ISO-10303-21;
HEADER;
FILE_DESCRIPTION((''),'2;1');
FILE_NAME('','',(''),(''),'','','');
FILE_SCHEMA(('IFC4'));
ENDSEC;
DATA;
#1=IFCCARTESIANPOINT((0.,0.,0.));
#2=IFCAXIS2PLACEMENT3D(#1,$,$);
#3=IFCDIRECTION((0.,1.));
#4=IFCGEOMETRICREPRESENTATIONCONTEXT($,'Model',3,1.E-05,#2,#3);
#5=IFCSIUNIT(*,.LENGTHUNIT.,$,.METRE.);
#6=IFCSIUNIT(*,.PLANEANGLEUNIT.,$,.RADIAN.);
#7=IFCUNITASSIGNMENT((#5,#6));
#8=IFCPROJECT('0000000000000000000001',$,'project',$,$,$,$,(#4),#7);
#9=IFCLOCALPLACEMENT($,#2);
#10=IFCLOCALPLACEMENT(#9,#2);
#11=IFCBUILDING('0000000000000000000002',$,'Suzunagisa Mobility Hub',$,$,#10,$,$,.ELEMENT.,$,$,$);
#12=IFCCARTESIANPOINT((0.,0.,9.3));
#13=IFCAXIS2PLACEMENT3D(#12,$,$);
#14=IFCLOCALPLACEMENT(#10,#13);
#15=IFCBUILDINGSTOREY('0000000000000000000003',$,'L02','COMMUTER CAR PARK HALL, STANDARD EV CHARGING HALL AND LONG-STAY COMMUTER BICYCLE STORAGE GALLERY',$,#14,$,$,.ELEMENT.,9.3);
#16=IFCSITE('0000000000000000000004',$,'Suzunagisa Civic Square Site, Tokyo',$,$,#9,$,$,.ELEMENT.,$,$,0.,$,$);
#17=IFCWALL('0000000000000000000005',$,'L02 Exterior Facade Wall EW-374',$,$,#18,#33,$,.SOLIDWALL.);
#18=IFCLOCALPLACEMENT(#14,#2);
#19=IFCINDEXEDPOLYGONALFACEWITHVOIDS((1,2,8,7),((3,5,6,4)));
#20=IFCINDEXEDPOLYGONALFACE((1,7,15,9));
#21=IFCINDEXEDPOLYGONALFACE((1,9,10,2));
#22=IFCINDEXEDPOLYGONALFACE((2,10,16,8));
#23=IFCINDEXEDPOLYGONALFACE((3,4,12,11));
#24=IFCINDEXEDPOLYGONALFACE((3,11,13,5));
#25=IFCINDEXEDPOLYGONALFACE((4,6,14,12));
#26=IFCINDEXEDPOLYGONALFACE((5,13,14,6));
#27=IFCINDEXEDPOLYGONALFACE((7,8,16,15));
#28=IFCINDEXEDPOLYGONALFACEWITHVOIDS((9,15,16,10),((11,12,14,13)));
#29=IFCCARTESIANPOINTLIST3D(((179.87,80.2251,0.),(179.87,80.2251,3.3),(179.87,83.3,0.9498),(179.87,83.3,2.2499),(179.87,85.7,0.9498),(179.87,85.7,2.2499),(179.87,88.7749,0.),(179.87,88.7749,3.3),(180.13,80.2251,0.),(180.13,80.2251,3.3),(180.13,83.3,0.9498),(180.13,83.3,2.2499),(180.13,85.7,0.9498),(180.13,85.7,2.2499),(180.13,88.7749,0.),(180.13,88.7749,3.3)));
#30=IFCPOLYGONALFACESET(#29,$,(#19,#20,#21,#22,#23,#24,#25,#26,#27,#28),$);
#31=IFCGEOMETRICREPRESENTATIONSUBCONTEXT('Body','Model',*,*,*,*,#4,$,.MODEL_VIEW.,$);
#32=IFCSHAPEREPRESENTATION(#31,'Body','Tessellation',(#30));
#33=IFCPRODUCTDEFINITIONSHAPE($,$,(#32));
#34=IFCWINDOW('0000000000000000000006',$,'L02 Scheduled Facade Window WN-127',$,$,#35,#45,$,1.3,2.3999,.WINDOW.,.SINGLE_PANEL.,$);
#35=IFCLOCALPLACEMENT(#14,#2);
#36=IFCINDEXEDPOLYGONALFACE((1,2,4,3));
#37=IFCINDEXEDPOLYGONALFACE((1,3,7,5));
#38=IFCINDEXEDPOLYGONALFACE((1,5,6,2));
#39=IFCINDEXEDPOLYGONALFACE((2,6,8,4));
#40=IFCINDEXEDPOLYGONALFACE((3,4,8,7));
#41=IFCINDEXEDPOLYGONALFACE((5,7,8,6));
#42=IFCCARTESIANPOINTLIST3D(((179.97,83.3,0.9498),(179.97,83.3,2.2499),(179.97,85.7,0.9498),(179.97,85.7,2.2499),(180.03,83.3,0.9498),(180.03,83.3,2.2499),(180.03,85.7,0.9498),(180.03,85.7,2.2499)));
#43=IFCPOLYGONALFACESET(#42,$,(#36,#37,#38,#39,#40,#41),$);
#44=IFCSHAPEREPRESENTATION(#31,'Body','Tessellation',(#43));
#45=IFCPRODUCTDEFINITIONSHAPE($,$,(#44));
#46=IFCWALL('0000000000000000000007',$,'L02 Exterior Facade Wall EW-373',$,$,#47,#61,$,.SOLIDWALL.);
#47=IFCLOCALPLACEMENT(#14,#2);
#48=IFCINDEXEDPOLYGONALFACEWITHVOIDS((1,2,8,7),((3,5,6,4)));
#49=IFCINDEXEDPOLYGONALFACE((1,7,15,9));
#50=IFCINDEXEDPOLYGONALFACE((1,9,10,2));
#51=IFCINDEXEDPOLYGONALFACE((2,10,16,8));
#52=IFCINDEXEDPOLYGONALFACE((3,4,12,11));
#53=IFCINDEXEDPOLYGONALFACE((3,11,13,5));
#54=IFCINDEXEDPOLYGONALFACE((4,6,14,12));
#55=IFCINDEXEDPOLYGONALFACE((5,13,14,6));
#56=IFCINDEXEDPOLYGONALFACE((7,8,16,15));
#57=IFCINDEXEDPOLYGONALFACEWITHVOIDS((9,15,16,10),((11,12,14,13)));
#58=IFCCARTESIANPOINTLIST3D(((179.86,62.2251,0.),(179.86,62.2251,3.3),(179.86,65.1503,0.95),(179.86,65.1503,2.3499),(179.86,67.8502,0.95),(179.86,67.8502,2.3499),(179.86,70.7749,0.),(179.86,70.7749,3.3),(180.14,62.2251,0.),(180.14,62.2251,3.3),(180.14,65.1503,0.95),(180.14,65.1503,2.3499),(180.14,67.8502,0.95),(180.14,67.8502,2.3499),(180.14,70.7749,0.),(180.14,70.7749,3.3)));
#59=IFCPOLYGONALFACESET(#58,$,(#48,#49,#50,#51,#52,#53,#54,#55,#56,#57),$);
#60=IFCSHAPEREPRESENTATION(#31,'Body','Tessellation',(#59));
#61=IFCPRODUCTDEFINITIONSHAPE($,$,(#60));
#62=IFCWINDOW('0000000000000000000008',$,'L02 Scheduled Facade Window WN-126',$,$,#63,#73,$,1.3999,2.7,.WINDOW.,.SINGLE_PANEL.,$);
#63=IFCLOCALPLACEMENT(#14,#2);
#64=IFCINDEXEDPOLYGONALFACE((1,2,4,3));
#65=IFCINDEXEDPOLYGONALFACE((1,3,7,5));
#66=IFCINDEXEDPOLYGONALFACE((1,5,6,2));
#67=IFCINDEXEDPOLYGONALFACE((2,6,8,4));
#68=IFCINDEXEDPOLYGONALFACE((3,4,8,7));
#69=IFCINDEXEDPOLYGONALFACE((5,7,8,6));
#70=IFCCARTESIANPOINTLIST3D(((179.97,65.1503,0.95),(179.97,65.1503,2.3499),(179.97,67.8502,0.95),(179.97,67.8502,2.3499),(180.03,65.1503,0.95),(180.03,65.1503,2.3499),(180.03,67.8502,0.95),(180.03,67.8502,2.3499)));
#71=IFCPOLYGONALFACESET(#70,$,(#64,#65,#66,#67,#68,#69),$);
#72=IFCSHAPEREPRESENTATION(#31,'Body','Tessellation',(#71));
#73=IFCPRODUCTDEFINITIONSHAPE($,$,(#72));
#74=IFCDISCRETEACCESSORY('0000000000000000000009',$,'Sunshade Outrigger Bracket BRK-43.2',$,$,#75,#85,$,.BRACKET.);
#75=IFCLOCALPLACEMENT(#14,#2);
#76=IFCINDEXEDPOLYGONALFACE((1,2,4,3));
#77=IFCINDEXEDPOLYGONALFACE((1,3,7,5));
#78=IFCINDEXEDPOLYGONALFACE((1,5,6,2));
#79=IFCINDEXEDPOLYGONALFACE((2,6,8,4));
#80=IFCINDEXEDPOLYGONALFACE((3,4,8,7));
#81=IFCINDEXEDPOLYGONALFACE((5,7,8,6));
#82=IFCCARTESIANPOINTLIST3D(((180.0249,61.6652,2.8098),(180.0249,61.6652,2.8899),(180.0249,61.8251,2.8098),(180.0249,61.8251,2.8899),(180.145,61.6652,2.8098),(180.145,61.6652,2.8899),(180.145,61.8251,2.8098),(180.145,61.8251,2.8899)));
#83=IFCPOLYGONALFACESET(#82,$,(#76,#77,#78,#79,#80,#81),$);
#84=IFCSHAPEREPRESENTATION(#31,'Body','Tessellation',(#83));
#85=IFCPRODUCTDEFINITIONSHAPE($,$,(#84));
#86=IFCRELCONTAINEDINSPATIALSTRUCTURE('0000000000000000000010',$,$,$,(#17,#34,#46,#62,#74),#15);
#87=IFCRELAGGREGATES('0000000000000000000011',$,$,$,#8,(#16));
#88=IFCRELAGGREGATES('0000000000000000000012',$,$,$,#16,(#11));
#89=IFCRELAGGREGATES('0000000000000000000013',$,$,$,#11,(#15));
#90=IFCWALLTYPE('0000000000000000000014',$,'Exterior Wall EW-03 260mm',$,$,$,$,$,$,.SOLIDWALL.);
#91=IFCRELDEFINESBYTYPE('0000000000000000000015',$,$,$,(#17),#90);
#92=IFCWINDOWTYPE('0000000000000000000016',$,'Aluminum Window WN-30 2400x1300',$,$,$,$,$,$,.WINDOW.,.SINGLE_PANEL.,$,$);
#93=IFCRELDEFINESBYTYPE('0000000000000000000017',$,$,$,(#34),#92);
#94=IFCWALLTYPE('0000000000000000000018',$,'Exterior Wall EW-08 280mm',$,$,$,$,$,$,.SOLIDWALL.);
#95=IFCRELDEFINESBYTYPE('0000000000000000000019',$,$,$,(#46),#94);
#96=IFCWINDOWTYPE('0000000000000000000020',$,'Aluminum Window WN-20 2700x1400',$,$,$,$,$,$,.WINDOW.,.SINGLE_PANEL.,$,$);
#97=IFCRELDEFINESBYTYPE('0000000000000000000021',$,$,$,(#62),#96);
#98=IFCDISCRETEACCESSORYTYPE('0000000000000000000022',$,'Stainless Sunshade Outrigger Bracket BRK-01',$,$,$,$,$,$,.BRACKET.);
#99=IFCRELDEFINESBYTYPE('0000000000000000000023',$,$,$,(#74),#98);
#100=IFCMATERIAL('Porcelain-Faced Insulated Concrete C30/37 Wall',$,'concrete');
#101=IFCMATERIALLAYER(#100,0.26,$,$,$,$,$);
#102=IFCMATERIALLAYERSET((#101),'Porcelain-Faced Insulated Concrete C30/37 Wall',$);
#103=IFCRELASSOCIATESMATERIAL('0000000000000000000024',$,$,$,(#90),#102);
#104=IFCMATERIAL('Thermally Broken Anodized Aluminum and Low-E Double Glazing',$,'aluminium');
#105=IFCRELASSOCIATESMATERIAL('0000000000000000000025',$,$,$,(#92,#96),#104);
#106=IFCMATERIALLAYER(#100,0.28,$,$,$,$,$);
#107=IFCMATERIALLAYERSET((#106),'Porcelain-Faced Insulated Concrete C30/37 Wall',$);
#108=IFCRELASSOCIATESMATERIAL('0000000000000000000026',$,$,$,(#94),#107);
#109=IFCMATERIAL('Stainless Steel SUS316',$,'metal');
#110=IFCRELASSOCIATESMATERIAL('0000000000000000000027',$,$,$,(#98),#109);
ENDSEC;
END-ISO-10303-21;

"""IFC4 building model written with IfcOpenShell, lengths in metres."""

from ifc_helpers import new_model, si_unit, direction, frame, frame_2d, origin, origin_2d, place, context, subcontext, project, spatial, rectangle, extrude, material, layer, layer_set, type_object, element, fill, save


model = new_model("IFC4")

# Units and contexts
model_context = context("Model", 3, precision=1e-05, world=origin(), true_north=direction((0.0, 1.0)))
body_context = subcontext(model_context, "Body", "Model", "MODEL_VIEW")
ifc_project = project(units=[si_unit("LENGTHUNIT", "METRE"), si_unit("PLANEANGLEUNIT", "RADIAN")], contexts=[model_context])

# Site, building, storey
site_placement = place(None, origin())
site = spatial("IfcSite", under=ifc_project, at=site_placement, Name="Suzunagisa Civic Square Site, Tokyo", CompositionType="ELEMENT", RefElevation=0.0)
building_placement = place(site_placement, origin())
building = spatial("IfcBuilding", under=site, at=building_placement, Name="Suzunagisa Mobility Hub", CompositionType="ELEMENT")
storey_placement = place(building_placement, frame((0.0, 0.0, 9.3)))
storey = spatial("IfcBuildingStorey", under=building, at=storey_placement, Name="L02", Description="COMMUTER CAR PARK HALL, STANDARD EV CHARGING HALL AND LONG-STAY COMMUTER BICYCLE STORAGE GALLERY", CompositionType="ELEMENT", Elevation=9.3)

# Walls, openings, windows
ifc_material_1 = material(Name="Porcelain-Faced Insulated Concrete C30/37 Wall", Category="concrete")
ifc_layer_1 = layer(ifc_material_1, 0.26)
ifc_layer_set_1 = layer_set([ifc_layer_1], Name="Porcelain-Faced Insulated Concrete C30/37 Wall")
wall_type_1 = type_object("IfcWallType", Name="Exterior Wall EW-03 260mm", PredefinedType="SOLIDWALL", material=ifc_layer_set_1)
wall_1_placement = place(storey_placement, frame((180.0, 80.2251, 0.0), z_axis=(0.0, 0.0, 1.0), x_axis=(0.0, 1.0, 0.0)))
wall_1 = element("IfcWall", 1, at=wall_1_placement, inside=storey, type_object=wall_type_1, Name="L02 Exterior Facade Wall EW-374", PredefinedType="SOLIDWALL", context=body_context, shape_type="SweptSolid", body=[
    extrude(rectangle(XDim=8.5498, YDim=0.26, at=frame_2d((4.2749, 0.0))), origin(), (0.0, 0.0, 1.0), 3.3),
])
opening_1_placement = place(wall_1_placement, frame((3.075, 0.0, 0.95)))
opening_1 = element("IfcOpeningElement", 2, at=opening_1_placement, cuts=wall_1, PredefinedType="OPENING", context=body_context, shape_type="SweptSolid", body=[
    extrude(rectangle(XDim=2.3999, YDim=1.3, at=frame_2d((1.2, 0.6499))), frame((0.0, 0.1411, 0.0), z_axis=(0.0, -1.0, 0.0), x_axis=(1.0, 0.0, 0.0)), (0.0, 0.0, 1.0), 0.282),
])
ifc_material_2 = material(Name="Thermally Broken Anodized Aluminum and Low-E Double Glazing", Category="aluminium")
window_type_1 = type_object("IfcWindowType", Name="Aluminum Window WN-30 2400x1300", PartitioningType="SINGLE_PANEL", PredefinedType="WINDOW", material=ifc_material_2)
window_1_placement = place(opening_1_placement, origin())
window_1 = element("IfcWindow", 3, at=window_1_placement, inside=storey, type_object=window_type_1, Name="L02 Scheduled Facade Window WN-127", OverallHeight=1.3, OverallWidth=2.3999, PartitioningType="SINGLE_PANEL", PredefinedType="WINDOW", context=body_context, shape_type="SweptSolid", body=[
    extrude(rectangle(XDim=2.3999, YDim=1.3, at=frame_2d((1.2, 0.6499))), frame((0.0, 0.03, 0.0), z_axis=(0.0, -1.0, 0.0), x_axis=(1.0, 0.0, 0.0)), (0.0, 0.0, 1.0), 0.0601),
])
fill(opening_1, window_1)
ifc_layer_2 = layer(ifc_material_1, 0.28)
ifc_layer_set_2 = layer_set([ifc_layer_2], Name="Porcelain-Faced Insulated Concrete C30/37 Wall")
wall_type_2 = type_object("IfcWallType", Name="Exterior Wall EW-08 280mm", PredefinedType="SOLIDWALL", material=ifc_layer_set_2)
wall_2_placement = place(storey_placement, frame((180.0, 62.2251, 0.0), z_axis=(0.0, 0.0, 1.0), x_axis=(0.0, 1.0, 0.0)))
wall_2 = element("IfcWall", 4, at=wall_2_placement, inside=storey, type_object=wall_type_2, Name="L02 Exterior Facade Wall EW-373", PredefinedType="SOLIDWALL", context=body_context, shape_type="SweptSolid", body=[
    extrude(rectangle(XDim=8.5498, YDim=0.28, at=frame_2d((4.2749, 0.0))), origin(), (0.0, 0.0, 1.0), 3.3),
])
opening_2_placement = place(wall_2_placement, frame((2.925, 0.0, 0.95)))
opening_2 = element("IfcOpeningElement", 5, at=opening_2_placement, cuts=wall_2, PredefinedType="OPENING", context=body_context, shape_type="SweptSolid", body=[
    extrude(rectangle(XDim=2.7, YDim=1.3999, at=frame_2d((1.3501, 0.7))), frame((0.0, 0.1509, 0.0), z_axis=(0.0, -1.0, 0.0), x_axis=(1.0, 0.0, 0.0)), (0.0, 0.0, 1.0), 0.302),
])
window_type_2 = type_object("IfcWindowType", Name="Aluminum Window WN-20 2700x1400", PartitioningType="SINGLE_PANEL", PredefinedType="WINDOW", material=ifc_material_2)
window_2_placement = place(opening_2_placement, origin())
window_2 = element("IfcWindow", 6, at=window_2_placement, inside=storey, type_object=window_type_2, Name="L02 Scheduled Facade Window WN-126", OverallHeight=1.3999, OverallWidth=2.7, PartitioningType="SINGLE_PANEL", PredefinedType="WINDOW", context=body_context, shape_type="SweptSolid", body=[
    extrude(rectangle(XDim=2.7, YDim=1.3999, at=frame_2d((1.3501, 0.7))), frame((0.0, 0.03, 0.0), z_axis=(0.0, -1.0, 0.0), x_axis=(1.0, 0.0, 0.0)), (0.0, 0.0, 1.0), 0.0601),
])
fill(opening_2, window_2)

# Discrete accessory
ifc_material_3 = material(Name="Stainless Steel SUS316", Category="metal")
discrete_accessory_type = type_object("IfcDiscreteAccessoryType", Name="Stainless Sunshade Outrigger Bracket BRK-01", PredefinedType="BRACKET", material=ifc_material_3)
discrete_accessory_placement = place(storey_placement, frame((180.085, 61.7451, 2.8098), z_axis=(0.0, 0.0, 1.0), x_axis=(0.0, 1.0, 0.0)))
element("IfcDiscreteAccessory", 7, at=discrete_accessory_placement, inside=storey, type_object=discrete_accessory_type, Name="Sunshade Outrigger Bracket BRK-43.2", PredefinedType="BRACKET", context=body_context, shape_type="SweptSolid", body=[
    extrude(rectangle(XDim=0.1599, YDim=0.1201, at=origin_2d()), origin(), (0.0, 0.0, 1.0), 0.0801),
])

save(model, "model.ifc")
